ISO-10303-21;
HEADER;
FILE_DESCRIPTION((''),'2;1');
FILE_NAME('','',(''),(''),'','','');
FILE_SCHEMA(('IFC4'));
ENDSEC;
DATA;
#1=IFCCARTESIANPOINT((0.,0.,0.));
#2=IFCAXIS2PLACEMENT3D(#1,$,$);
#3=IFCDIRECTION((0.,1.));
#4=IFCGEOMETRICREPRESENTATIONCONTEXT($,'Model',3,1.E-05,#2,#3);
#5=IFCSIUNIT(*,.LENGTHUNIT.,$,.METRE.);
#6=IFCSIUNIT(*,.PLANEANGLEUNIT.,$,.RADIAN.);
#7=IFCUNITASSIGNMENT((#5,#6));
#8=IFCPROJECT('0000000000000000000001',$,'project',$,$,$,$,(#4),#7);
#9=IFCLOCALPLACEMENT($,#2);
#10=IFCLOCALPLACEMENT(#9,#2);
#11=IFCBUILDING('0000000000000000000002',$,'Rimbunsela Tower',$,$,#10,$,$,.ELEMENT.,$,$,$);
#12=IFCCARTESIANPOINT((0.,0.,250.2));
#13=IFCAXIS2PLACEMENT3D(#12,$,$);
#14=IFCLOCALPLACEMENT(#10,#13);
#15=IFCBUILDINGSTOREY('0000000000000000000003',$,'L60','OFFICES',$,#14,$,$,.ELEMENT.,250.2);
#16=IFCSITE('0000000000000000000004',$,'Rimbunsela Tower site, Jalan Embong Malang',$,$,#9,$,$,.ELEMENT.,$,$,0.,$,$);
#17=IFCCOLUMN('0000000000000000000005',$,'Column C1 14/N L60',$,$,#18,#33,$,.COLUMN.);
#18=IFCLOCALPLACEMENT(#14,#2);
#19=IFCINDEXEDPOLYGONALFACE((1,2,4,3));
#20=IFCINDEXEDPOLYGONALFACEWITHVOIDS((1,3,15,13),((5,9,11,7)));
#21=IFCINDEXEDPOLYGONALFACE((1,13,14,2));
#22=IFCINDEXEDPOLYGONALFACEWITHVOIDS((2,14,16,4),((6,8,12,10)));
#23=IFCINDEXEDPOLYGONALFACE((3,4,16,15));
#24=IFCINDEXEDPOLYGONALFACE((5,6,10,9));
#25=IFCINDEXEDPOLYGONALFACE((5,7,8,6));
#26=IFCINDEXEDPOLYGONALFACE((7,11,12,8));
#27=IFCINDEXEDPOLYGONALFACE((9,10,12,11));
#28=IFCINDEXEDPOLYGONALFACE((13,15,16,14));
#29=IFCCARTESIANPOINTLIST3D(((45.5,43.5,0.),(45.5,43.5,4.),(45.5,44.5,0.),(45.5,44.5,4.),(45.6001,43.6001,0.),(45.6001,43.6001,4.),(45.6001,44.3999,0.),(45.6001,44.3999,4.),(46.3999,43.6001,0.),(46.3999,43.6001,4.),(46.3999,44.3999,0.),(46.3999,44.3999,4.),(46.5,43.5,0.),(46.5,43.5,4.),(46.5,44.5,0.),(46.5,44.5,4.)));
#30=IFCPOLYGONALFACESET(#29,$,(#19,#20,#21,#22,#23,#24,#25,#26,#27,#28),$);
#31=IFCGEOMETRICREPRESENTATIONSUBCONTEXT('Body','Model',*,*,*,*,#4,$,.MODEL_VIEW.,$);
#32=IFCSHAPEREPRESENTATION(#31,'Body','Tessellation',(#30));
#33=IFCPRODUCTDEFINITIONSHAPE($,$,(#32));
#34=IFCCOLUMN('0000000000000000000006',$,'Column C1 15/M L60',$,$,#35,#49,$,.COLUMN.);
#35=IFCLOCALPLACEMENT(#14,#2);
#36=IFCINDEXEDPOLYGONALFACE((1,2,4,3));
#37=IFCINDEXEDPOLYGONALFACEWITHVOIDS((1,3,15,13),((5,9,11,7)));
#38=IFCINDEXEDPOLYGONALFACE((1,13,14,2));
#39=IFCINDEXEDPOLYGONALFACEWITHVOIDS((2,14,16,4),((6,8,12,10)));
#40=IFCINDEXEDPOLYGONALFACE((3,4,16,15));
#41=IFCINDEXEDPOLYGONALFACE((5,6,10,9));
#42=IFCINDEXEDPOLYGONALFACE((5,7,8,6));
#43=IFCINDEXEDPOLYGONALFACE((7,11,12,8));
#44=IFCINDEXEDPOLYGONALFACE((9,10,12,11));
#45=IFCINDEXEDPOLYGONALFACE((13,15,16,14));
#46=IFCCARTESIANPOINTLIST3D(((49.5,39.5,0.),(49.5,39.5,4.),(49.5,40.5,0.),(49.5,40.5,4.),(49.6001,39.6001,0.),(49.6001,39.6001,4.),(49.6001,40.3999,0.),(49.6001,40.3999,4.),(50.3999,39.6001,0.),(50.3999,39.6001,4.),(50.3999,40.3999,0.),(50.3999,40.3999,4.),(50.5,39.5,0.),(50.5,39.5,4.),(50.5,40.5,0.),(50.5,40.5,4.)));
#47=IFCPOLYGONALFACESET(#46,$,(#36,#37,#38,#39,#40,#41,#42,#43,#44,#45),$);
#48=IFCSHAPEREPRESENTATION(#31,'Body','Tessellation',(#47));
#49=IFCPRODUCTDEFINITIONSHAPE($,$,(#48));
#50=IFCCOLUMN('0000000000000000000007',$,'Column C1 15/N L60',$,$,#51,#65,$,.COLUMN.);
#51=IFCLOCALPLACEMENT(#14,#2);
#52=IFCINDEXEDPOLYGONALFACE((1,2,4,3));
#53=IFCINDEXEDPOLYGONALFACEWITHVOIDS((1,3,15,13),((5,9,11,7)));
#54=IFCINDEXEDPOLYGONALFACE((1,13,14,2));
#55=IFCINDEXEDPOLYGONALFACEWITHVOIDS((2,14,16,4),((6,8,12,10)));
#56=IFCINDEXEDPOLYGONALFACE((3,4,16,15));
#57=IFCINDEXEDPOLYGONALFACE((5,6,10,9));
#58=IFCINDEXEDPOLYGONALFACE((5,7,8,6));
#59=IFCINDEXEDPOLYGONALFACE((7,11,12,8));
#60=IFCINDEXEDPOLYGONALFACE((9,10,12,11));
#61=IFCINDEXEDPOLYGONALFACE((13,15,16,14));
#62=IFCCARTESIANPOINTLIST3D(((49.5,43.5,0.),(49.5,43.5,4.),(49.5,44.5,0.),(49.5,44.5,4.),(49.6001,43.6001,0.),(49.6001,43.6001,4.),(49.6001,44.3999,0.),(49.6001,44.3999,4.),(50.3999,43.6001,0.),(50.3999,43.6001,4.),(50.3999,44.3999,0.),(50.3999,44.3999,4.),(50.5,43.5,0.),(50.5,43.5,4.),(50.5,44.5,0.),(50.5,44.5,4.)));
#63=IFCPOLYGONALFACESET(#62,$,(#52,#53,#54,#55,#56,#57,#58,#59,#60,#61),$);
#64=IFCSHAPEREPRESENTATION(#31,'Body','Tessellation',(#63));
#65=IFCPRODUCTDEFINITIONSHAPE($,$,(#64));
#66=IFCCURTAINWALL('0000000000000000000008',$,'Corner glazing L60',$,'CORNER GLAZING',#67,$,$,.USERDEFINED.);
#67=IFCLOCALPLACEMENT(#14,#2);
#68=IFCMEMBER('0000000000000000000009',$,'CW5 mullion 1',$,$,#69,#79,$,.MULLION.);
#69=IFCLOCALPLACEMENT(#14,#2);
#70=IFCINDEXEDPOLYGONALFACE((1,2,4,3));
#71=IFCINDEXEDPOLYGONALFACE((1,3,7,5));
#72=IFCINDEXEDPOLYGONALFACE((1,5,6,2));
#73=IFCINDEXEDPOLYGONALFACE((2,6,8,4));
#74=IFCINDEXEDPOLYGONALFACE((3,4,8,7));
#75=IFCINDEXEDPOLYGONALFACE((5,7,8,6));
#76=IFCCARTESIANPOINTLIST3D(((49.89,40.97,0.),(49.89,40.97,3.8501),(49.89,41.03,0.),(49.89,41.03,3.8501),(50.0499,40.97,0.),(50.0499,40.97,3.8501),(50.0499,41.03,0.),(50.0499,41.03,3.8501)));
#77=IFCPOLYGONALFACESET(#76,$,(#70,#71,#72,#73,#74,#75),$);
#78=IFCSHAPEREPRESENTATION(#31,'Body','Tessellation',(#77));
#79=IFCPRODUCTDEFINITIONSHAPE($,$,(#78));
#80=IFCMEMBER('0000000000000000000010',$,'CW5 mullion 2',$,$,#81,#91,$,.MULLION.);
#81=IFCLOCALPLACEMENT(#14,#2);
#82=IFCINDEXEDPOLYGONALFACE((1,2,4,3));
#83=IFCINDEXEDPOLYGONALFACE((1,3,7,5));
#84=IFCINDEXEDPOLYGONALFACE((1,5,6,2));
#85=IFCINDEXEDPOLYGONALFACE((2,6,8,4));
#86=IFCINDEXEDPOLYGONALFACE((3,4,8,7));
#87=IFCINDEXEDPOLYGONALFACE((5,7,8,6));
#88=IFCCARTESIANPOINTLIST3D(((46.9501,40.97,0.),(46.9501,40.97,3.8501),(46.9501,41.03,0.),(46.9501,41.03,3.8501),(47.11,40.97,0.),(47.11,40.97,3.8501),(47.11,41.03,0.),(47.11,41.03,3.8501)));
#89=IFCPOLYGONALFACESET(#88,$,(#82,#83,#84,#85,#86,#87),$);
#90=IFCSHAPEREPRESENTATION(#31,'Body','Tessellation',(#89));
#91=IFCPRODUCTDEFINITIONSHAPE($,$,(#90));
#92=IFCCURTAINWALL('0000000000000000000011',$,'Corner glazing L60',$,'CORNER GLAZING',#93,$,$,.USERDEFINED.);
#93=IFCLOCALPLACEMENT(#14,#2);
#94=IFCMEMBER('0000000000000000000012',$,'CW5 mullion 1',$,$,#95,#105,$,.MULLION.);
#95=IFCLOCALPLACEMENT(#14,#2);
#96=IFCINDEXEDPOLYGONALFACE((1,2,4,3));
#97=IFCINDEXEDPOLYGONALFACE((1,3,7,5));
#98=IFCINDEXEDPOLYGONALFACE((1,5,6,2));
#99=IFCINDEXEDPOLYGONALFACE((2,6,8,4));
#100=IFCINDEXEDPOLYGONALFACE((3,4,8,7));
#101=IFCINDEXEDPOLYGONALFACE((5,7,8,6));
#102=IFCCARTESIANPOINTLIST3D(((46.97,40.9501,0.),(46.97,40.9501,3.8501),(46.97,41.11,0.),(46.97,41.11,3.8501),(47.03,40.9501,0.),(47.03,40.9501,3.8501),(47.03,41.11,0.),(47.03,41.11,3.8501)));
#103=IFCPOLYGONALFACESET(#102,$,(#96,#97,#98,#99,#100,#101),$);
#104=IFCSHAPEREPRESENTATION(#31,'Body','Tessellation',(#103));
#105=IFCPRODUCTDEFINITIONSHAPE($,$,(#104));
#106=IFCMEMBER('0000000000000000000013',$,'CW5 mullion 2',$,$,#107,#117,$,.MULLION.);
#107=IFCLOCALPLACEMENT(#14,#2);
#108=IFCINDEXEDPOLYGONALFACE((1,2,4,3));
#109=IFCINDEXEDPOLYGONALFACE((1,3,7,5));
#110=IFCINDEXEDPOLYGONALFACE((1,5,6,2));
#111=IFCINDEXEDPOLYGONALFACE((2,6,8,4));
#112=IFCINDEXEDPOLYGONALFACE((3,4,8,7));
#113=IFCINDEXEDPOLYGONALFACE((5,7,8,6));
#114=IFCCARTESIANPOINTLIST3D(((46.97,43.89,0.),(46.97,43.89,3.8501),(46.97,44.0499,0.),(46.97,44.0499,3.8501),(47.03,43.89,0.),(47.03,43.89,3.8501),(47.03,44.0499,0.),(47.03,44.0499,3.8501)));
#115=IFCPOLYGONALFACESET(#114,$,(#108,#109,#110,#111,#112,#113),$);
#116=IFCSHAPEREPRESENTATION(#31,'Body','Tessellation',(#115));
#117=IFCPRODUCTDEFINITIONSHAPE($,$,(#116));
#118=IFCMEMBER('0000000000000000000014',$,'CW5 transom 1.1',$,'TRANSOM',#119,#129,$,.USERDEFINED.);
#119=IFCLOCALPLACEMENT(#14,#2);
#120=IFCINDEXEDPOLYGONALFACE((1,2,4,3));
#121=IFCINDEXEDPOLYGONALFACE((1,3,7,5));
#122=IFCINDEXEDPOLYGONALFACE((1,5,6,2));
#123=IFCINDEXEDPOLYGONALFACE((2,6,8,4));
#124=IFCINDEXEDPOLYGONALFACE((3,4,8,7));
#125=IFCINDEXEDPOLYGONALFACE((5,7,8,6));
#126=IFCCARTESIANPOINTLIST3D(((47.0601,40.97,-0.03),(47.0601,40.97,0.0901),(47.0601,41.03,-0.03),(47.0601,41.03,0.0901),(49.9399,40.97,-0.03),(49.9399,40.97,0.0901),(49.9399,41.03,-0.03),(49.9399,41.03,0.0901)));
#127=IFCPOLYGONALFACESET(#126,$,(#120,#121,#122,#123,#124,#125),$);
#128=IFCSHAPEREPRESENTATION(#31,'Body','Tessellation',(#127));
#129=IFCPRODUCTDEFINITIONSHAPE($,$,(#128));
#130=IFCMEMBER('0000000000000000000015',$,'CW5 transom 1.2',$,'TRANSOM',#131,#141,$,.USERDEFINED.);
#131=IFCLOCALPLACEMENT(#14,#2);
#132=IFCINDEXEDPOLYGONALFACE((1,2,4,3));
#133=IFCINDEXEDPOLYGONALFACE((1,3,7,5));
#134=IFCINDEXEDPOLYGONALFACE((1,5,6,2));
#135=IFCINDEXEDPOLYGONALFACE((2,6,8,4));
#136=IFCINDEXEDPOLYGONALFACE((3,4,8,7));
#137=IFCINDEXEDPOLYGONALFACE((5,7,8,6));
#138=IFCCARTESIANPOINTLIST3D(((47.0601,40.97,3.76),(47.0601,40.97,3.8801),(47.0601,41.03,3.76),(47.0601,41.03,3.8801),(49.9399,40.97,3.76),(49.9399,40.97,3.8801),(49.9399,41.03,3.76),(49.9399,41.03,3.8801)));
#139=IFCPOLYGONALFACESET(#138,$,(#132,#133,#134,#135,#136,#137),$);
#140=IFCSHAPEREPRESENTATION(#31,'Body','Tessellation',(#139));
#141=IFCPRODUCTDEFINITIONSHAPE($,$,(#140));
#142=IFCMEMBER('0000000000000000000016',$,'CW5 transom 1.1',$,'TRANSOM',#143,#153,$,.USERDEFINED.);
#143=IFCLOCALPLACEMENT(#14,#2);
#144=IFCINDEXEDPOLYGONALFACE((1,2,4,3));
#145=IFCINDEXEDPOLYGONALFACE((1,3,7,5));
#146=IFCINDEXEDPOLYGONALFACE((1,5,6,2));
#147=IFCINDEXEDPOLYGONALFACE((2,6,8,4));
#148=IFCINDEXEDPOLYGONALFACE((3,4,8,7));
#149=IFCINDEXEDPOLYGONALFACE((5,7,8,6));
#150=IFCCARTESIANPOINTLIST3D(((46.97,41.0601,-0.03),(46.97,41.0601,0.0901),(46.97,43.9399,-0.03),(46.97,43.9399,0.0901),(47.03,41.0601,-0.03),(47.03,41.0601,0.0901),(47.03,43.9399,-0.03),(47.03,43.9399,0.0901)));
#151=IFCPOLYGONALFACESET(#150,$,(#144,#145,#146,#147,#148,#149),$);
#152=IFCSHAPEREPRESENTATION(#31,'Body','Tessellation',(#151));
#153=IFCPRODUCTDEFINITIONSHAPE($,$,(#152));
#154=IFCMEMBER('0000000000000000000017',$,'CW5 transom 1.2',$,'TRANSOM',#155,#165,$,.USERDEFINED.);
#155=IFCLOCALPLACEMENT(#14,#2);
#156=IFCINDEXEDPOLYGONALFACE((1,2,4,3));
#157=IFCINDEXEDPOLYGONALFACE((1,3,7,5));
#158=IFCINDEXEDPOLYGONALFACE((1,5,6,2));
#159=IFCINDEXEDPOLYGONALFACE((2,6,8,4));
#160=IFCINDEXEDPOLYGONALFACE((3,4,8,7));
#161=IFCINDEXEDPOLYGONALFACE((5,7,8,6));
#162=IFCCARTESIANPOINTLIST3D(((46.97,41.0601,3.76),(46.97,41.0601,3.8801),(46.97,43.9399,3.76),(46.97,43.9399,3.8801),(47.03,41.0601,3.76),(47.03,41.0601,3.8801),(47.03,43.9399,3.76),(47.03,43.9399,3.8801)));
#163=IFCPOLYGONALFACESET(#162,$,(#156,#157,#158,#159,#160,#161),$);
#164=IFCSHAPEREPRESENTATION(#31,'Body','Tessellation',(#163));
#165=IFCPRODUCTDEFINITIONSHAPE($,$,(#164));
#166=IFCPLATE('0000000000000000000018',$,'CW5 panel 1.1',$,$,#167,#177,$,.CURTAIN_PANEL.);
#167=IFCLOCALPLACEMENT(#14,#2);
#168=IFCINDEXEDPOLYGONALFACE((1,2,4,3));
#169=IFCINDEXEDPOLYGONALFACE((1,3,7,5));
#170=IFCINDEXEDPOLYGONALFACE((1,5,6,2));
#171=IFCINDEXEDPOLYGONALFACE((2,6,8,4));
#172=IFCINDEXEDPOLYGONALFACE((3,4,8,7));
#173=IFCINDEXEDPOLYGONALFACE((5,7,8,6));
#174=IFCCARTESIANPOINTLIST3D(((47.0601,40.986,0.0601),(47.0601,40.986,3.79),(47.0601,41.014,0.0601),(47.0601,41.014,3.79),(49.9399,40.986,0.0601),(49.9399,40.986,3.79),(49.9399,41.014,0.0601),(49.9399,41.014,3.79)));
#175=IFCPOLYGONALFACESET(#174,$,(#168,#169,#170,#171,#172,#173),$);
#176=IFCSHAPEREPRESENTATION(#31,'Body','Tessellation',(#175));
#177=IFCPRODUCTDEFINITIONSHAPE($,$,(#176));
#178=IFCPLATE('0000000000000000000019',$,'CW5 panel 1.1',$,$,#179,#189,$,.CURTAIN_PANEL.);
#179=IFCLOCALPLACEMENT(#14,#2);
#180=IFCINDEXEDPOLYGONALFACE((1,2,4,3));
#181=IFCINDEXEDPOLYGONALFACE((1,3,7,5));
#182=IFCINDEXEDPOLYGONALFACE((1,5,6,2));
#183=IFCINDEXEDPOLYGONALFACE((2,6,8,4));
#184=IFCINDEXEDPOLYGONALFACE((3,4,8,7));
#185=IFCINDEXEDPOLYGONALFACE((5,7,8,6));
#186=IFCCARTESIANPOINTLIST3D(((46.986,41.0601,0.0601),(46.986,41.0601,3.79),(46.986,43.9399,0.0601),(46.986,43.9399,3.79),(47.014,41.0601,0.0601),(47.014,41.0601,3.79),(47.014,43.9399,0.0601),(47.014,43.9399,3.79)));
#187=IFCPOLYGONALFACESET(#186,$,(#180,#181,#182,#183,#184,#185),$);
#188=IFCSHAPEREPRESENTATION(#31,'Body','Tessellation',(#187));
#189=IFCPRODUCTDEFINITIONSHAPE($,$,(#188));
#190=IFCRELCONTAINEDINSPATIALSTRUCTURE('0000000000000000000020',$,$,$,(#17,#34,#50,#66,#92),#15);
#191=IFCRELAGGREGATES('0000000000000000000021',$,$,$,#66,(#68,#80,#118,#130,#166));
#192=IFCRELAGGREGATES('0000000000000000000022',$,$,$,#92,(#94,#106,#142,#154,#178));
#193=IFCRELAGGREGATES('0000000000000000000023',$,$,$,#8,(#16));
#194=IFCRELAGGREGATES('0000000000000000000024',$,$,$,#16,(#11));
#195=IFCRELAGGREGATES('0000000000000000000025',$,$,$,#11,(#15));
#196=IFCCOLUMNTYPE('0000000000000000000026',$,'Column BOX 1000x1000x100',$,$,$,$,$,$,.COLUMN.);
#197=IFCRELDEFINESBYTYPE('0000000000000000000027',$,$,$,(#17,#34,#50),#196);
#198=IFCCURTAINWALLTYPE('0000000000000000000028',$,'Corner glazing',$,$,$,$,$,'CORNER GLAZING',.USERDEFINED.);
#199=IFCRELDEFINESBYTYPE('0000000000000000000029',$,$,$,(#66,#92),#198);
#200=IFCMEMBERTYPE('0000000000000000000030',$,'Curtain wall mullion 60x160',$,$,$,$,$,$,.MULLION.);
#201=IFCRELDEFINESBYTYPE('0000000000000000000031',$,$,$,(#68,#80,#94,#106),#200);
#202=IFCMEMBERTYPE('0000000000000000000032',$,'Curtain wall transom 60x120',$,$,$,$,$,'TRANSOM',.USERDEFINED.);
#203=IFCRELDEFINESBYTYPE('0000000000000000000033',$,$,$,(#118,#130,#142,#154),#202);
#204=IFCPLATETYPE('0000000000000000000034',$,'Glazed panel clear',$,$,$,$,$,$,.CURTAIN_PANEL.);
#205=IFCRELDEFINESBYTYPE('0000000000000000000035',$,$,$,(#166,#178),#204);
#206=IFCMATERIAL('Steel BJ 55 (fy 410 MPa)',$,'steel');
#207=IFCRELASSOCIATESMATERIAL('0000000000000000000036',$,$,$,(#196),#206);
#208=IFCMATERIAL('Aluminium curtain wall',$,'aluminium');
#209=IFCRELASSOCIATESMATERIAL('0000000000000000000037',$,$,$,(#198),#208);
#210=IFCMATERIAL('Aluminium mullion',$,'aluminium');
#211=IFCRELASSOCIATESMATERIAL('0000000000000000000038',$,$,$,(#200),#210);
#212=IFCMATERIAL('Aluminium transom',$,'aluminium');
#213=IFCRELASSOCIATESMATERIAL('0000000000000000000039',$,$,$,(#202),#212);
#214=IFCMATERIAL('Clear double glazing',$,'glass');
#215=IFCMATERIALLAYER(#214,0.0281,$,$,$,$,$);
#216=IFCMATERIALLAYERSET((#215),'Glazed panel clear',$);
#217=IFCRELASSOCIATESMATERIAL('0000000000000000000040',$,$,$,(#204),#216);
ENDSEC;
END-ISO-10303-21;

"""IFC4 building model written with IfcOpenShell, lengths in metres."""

from ifc_helpers import new_model, si_unit, direction, frame, origin, origin_2d, place, context, subcontext, project, spatial, rectangle, hollow_rectangle, extrude, material, layer, layer_set, material_profile, profile_set, type_object, element, aggregate, save


model = new_model("IFC4")

# Units and contexts
model_context = context("Model", 3, precision=1e-05, world=origin(), true_north=direction((0.0, 1.0)))
body_context = subcontext(model_context, "Body", "Model", "MODEL_VIEW")
ifc_project = project(units=[si_unit("LENGTHUNIT", "METRE"), si_unit("PLANEANGLEUNIT", "RADIAN")], contexts=[model_context])

# Site, building, storey
site_placement = place(None, origin())
site = spatial("IfcSite", under=ifc_project, at=site_placement, Name="Rimbunsela Tower site, Jalan Embong Malang", CompositionType="ELEMENT", RefElevation=0.0)
building_placement = place(site_placement, origin())
building = spatial("IfcBuilding", under=site, at=building_placement, Name="Rimbunsela Tower", CompositionType="ELEMENT")
storey_placement = place(building_placement, frame((0.0, 0.0, 250.2)))
storey = spatial("IfcBuildingStorey", under=building, at=storey_placement, Name="L60", Description="OFFICES", CompositionType="ELEMENT", Elevation=250.2)

# Columns
ifc_material_1 = material(Name="Steel BJ 55 (fy 410 MPa)", Category="steel")
ifc_material_profile_1 = material_profile(ifc_material_1, hollow_rectangle(XDim=1.0, YDim=1.0, WallThickness=0.1001, at=origin_2d()), Name="BOX 1000x1000x100")
ifc_profile_set_1 = profile_set([ifc_material_profile_1], Name="Steel BJ 55 (fy 410 MPa)")
column_type = type_object("IfcColumnType", Name="Column BOX 1000x1000x100", PredefinedType="COLUMN", material=ifc_profile_set_1)
for number, where, z_axis, x_axis, name in (
    (1, (46.0, 44.0, 0.0), (0.0, 0.0, 1.0), (1.0, 0.0, 0.0), "Column C1 14/N L60"),
    (2, (50.0, 40.0, 0.0), (0.0, 0.0, 1.0), (1.0, 0.0, 0.0), "Column C1 15/M L60"),
    (3, (50.0, 44.0, 0.0), (0.0, 0.0, 1.0), (1.0, 0.0, 0.0), "Column C1 15/N L60"),
):
    element("IfcColumn", number, at=place(storey_placement, frame(where, z_axis=z_axis, x_axis=x_axis)), inside=storey, type_object=column_type, Name=name, PredefinedType="COLUMN", context=body_context, shape_type="SweptSolid", body=[
        extrude(hollow_rectangle(XDim=1.0, YDim=1.0, WallThickness=0.1001, at=origin_2d()), origin(), (0.0, 0.0, 1.0), 4.0),
    ])

# Curtain walls, members
ifc_material_2 = material(Name="Aluminium curtain wall", Category="aluminium")
curtain_wall_type = type_object("IfcCurtainWallType", Name="Corner glazing", ElementType="CORNER GLAZING", PredefinedType="USERDEFINED", material=ifc_material_2)
curtain_wall_1_placement = place(storey_placement, origin())
curtain_wall_1 = element("IfcCurtainWall", 4, at=curtain_wall_1_placement, inside=storey, type_object=curtain_wall_type, Name="Corner glazing L60", ObjectType="CORNER GLAZING", PredefinedType="USERDEFINED")
ifc_material_3 = material(Name="Aluminium mullion", Category="aluminium")
ifc_material_profile_2 = material_profile(ifc_material_3, rectangle(XDim=0.0601, YDim=0.1599, at=origin_2d()), Name="Mullion 60x160")
ifc_profile_set_2 = profile_set([ifc_material_profile_2], Name="Aluminium mullion")
member_type_1 = type_object("IfcMemberType", Name="Curtain wall mullion 60x160", PredefinedType="MULLION", material=ifc_profile_set_2)
member_1_placement = place(storey_placement, frame((49.97, 41.0, 0.0), z_axis=(0.0, 0.0, 1.0), x_axis=(0.0, -1.0, 0.0)))
member_1 = element("IfcMember", 5, at=member_1_placement, type_object=member_type_1, Name="CW5 mullion 1", PredefinedType="MULLION", context=body_context, shape_type="SweptSolid", body=[
    extrude(rectangle(XDim=0.0601, YDim=0.1599, at=origin_2d()), origin(), (0.0, 0.0, 1.0), 3.8501),
])
member_2_placement = place(storey_placement, frame((47.03, 41.0, 0.0), z_axis=(0.0, 0.0, 1.0), x_axis=(0.0, -1.0, 0.0)))
member_2 = element("IfcMember", 6, at=member_2_placement, type_object=member_type_1, Name="CW5 mullion 2", PredefinedType="MULLION", context=body_context, shape_type="SweptSolid", body=[
    extrude(rectangle(XDim=0.0601, YDim=0.1599, at=origin_2d()), origin(), (0.0, 0.0, 1.0), 3.8501),
])
curtain_wall_2_placement = place(storey_placement, origin())
curtain_wall_2 = element("IfcCurtainWall", 7, at=curtain_wall_2_placement, inside=storey, type_object=curtain_wall_type, Name="Corner glazing L60", ObjectType="CORNER GLAZING", PredefinedType="USERDEFINED")
member_3_placement = place(storey_placement, frame((47.0, 41.03, 0.0), z_axis=(0.0, 0.0, 1.0), x_axis=(-1.0, 0.0, 0.0)))
member_3 = element("IfcMember", 8, at=member_3_placement, type_object=member_type_1, Name="CW5 mullion 1", PredefinedType="MULLION", context=body_context, shape_type="SweptSolid", body=[
    extrude(rectangle(XDim=0.0601, YDim=0.1599, at=origin_2d()), origin(), (0.0, 0.0, 1.0), 3.8501),
])
member_4_placement = place(storey_placement, frame((47.0, 43.97, 0.0), z_axis=(0.0, 0.0, 1.0), x_axis=(-1.0, 0.0, 0.0)))
member_4 = element("IfcMember", 9, at=member_4_placement, type_object=member_type_1, Name="CW5 mullion 2", PredefinedType="MULLION", context=body_context, shape_type="SweptSolid", body=[
    extrude(rectangle(XDim=0.0601, YDim=0.1599, at=origin_2d()), origin(), (0.0, 0.0, 1.0), 3.8501),
])

# Members
ifc_material_4 = material(Name="Aluminium transom", Category="aluminium")
ifc_material_profile_3 = material_profile(ifc_material_4, rectangle(XDim=0.0601, YDim=0.1201, at=origin_2d()), Name="Transom 60x120")
ifc_profile_set_3 = profile_set([ifc_material_profile_3], Name="Aluminium transom")
member_type_2 = type_object("IfcMemberType", Name="Curtain wall transom 60x120", ElementType="TRANSOM", PredefinedType="USERDEFINED", material=ifc_profile_set_3)
member_5_placement = place(storey_placement, frame((49.9399, 41.0, 0.03), z_axis=(-1.0, 0.0, 0.0), x_axis=(0.0, -1.0, 0.0)))
member_5 = element("IfcMember", 10, at=member_5_placement, type_object=member_type_2, Name="CW5 transom 1.1", ObjectType="TRANSOM", PredefinedType="USERDEFINED", context=body_context, shape_type="SweptSolid", body=[
    extrude(rectangle(XDim=0.0601, YDim=0.1201, at=origin_2d()), origin(), (0.0, 0.0, 1.0), 2.8799),
])
member_6_placement = place(storey_placement, frame((49.9399, 41.0, 3.8201), z_axis=(-1.0, 0.0, 0.0), x_axis=(0.0, -1.0, 0.0)))
member_6 = element("IfcMember", 11, at=member_6_placement, type_object=member_type_2, Name="CW5 transom 1.2", ObjectType="TRANSOM", PredefinedType="USERDEFINED", context=body_context, shape_type="SweptSolid", body=[
    extrude(rectangle(XDim=0.0601, YDim=0.1201, at=origin_2d()), origin(), (0.0, 0.0, 1.0), 2.8799),
])
member_7_placement = place(storey_placement, frame((47.0, 41.0601, 0.03), z_axis=(0.0, 1.0, 0.0), x_axis=(-1.0, 0.0, 0.0)))
member_7 = element("IfcMember", 12, at=member_7_placement, type_object=member_type_2, Name="CW5 transom 1.1", ObjectType="TRANSOM", PredefinedType="USERDEFINED", context=body_context, shape_type="SweptSolid", body=[
    extrude(rectangle(XDim=0.0601, YDim=0.1201, at=origin_2d()), origin(), (0.0, 0.0, 1.0), 2.8799),
])
member_8_placement = place(storey_placement, frame((47.0, 41.0601, 3.8201), z_axis=(0.0, 1.0, 0.0), x_axis=(-1.0, 0.0, 0.0)))
member_8 = element("IfcMember", 13, at=member_8_placement, type_object=member_type_2, Name="CW5 transom 1.2", ObjectType="TRANSOM", PredefinedType="USERDEFINED", context=body_context, shape_type="SweptSolid", body=[
    extrude(rectangle(XDim=0.0601, YDim=0.1201, at=origin_2d()), origin(), (0.0, 0.0, 1.0), 2.8799),
])

# Plates
ifc_material_5 = material(Name="Clear double glazing", Category="glass")
ifc_layer_1 = layer(ifc_material_5, 0.0281)
ifc_layer_set_1 = layer_set([ifc_layer_1], Name="Glazed panel clear")
plate_type = type_object("IfcPlateType", Name="Glazed panel clear", PredefinedType="CURTAIN_PANEL", material=ifc_layer_set_1)
plate_1_placement = place(storey_placement, frame((48.5, 41.0, 0.0601), z_axis=(0.0, 0.0, 1.0), x_axis=(-1.0, 0.0, 0.0)))
plate_1 = element("IfcPlate", 14, at=plate_1_placement, type_object=plate_type, Name="CW5 panel 1.1", PredefinedType="CURTAIN_PANEL", context=body_context, shape_type="SweptSolid", body=[
    extrude(rectangle(XDim=2.8799, YDim=0.0281, at=origin_2d()), origin(), (0.0, 0.0, 1.0), 3.73),
])
aggregate(curtain_wall_1, [member_1, member_2, member_5, member_6, plate_1])
plate_2_placement = place(storey_placement, frame((47.0, 42.5, 0.0601), z_axis=(0.0, 0.0, 1.0), x_axis=(0.0, 1.0, 0.0)))
plate_2 = element("IfcPlate", 15, at=plate_2_placement, type_object=plate_type, Name="CW5 panel 1.1", PredefinedType="CURTAIN_PANEL", context=body_context, shape_type="SweptSolid", body=[
    extrude(rectangle(XDim=2.8799, YDim=0.0281, at=origin_2d()), origin(), (0.0, 0.0, 1.0), 3.73),
])
aggregate(curtain_wall_2, [member_3, member_4, member_7, member_8, plate_2])

save(model, "model.ifc")
